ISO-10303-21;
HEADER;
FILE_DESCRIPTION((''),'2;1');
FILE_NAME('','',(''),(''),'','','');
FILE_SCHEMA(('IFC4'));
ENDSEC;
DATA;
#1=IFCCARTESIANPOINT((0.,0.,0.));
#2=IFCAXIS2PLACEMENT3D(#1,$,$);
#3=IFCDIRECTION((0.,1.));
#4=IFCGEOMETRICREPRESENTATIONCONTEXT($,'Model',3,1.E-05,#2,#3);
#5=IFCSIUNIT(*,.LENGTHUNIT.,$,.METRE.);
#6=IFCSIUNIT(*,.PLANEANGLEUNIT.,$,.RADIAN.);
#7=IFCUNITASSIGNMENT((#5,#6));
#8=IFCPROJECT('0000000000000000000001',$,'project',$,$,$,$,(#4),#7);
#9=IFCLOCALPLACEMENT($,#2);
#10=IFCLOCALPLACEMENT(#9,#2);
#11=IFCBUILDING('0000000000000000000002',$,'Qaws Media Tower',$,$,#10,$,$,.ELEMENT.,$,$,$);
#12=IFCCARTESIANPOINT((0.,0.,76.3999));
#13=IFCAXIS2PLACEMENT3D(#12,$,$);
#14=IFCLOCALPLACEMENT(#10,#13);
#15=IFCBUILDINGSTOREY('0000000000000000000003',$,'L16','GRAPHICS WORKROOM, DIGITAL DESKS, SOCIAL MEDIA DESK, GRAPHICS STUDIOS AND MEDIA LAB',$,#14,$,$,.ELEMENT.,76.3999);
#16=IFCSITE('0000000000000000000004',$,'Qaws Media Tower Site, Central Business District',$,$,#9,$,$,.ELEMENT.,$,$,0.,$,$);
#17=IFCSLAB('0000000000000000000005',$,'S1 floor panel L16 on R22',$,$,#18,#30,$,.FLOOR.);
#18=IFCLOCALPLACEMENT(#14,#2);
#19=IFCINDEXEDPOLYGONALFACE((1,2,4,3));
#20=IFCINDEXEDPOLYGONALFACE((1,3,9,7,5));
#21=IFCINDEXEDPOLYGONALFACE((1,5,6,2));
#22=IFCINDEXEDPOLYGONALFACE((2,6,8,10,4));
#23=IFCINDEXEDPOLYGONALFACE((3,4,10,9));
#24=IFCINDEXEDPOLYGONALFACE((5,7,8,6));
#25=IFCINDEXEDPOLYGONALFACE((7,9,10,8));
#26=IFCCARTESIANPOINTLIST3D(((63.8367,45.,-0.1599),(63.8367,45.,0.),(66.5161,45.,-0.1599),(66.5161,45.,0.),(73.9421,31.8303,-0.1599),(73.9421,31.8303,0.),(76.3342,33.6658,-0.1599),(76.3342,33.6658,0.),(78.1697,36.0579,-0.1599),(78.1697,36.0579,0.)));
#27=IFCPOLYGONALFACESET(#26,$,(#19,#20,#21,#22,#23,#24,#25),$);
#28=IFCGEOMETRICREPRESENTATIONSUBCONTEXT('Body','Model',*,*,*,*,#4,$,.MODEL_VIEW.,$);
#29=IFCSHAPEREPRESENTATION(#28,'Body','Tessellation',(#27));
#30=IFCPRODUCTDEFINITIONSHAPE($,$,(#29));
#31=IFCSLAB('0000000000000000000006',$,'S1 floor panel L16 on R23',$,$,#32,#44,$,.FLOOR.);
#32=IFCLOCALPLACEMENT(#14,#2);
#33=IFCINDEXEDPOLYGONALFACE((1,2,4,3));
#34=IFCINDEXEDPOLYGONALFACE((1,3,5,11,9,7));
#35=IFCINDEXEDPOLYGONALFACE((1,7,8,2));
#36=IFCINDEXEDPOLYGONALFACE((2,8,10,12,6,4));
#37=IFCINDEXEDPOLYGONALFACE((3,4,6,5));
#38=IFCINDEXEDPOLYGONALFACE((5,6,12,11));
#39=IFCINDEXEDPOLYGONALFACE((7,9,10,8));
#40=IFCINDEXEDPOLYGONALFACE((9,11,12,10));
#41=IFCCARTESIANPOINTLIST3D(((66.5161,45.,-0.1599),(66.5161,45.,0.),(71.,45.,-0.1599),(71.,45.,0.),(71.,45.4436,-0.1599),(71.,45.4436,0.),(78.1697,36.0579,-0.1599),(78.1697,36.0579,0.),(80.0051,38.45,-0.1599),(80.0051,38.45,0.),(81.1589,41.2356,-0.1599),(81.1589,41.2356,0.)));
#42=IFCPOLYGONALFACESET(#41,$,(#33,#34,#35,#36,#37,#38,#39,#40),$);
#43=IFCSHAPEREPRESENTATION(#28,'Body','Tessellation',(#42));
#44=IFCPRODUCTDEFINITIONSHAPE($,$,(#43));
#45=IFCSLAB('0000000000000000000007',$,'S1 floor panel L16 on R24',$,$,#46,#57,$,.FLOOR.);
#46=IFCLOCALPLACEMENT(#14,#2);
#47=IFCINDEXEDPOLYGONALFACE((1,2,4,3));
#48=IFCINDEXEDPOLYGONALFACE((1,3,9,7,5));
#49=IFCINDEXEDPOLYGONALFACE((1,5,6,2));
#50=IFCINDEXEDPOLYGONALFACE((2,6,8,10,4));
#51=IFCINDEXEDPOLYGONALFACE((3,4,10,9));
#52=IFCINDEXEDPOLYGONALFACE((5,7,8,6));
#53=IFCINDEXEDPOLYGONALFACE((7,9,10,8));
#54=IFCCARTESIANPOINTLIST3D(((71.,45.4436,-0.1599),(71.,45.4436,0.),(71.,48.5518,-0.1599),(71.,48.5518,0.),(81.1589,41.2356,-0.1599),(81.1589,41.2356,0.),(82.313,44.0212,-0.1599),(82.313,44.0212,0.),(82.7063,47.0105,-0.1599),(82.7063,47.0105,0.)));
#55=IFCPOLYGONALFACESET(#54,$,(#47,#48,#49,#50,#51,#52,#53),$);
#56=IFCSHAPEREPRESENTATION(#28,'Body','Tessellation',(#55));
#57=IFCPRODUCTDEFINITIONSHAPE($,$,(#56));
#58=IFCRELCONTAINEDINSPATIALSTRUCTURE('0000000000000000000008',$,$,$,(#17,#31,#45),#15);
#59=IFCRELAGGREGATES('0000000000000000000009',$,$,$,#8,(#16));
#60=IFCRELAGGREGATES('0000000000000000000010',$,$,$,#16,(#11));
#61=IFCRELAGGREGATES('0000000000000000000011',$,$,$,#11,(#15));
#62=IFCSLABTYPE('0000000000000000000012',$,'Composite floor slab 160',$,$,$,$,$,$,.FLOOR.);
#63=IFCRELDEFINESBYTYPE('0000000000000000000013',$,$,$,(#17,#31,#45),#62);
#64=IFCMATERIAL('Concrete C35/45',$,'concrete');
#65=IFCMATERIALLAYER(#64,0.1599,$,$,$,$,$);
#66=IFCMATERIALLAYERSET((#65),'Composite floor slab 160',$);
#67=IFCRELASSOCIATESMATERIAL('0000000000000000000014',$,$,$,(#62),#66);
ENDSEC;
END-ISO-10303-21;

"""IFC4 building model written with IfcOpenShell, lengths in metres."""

from ifc_helpers import new_model, si_unit, direction, frame, origin, place, context, subcontext, project, spatial, polyline, outline, extrude, material, layer, layer_set, type_object, element, save


model = new_model("IFC4")

# Units and contexts
model_context = context("Model", 3, precision=1e-05, world=origin(), true_north=direction((0.0, 1.0)))
body_context = subcontext(model_context, "Body", "Model", "MODEL_VIEW")
ifc_project = project(units=[si_unit("LENGTHUNIT", "METRE"), si_unit("PLANEANGLEUNIT", "RADIAN")], contexts=[model_context])

# Site, building, storey
site_placement = place(None, origin())
site = spatial("IfcSite", under=ifc_project, at=site_placement, Name="Qaws Media Tower Site, Central Business District", CompositionType="ELEMENT", RefElevation=0.0)
building_placement = place(site_placement, origin())
building = spatial("IfcBuilding", under=site, at=building_placement, Name="Qaws Media Tower", CompositionType="ELEMENT")
storey_placement = place(building_placement, frame((0.0, 0.0, 76.3999)))
storey = spatial("IfcBuildingStorey", under=building, at=storey_placement, Name="L16", Description="GRAPHICS WORKROOM, DIGITAL DESKS, SOCIAL MEDIA DESK, GRAPHICS STUDIOS AND MEDIA LAB", CompositionType="ELEMENT", Elevation=76.3999)

# Slabs
ifc_material_1 = material(Name="Concrete C35/45", Category="concrete")
ifc_layer_1 = layer(ifc_material_1, 0.1599)
ifc_layer_set_1 = layer_set([ifc_layer_1], Name="Composite floor slab 160")
slab_type_1 = type_object("IfcSlabType", Name="Composite floor slab 160", PredefinedType="FLOOR", material=ifc_layer_set_1)
slab_1_placement = place(storey_placement, frame((0.0, 0.0, -0.1599)))
element("IfcSlab", 1, at=slab_1_placement, inside=storey, type_object=slab_type_1, Name="S1 floor panel L16 on R22", PredefinedType="FLOOR", context=body_context, shape_type="SweptSolid", body=[
    extrude(outline(polyline([(76.3342, 33.6658), (73.9421, 31.8303), (63.8367, 45.0), (66.5161, 45.0), (78.1697, 36.0579), (76.3342, 33.6658)])), origin(), (0.0, 0.0, 1.0), 0.1599),
])
slab_2_placement = place(storey_placement, frame((0.0, 0.0, -0.1599)))
element("IfcSlab", 2, at=slab_2_placement, inside=storey, type_object=slab_type_1, Name="S1 floor panel L16 on R23", PredefinedType="FLOOR", context=body_context, shape_type="SweptSolid", body=[
    extrude(outline(polyline([(80.0051, 38.45), (78.1697, 36.0579), (66.5161, 45.0), (71.0, 45.0), (71.0, 45.4436), (81.1589, 41.2356), (80.0051, 38.45)])), origin(), (0.0, 0.0, 1.0), 0.1599),
])
slab_3_placement = place(storey_placement, frame((0.0, 0.0, -0.1599)))
element("IfcSlab", 3, at=slab_3_placement, inside=storey, type_object=slab_type_1, Name="S1 floor panel L16 on R24", PredefinedType="FLOOR", context=body_context, shape_type="SweptSolid", body=[
    extrude(outline(polyline([(81.1589, 41.2356), (71.0, 45.4436), (71.0, 48.5518), (82.7063, 47.0105), (82.313, 44.0212), (81.1589, 41.2356)])), origin(), (0.0, 0.0, 1.0), 0.1599),
])

save(model, "model.ifc")
